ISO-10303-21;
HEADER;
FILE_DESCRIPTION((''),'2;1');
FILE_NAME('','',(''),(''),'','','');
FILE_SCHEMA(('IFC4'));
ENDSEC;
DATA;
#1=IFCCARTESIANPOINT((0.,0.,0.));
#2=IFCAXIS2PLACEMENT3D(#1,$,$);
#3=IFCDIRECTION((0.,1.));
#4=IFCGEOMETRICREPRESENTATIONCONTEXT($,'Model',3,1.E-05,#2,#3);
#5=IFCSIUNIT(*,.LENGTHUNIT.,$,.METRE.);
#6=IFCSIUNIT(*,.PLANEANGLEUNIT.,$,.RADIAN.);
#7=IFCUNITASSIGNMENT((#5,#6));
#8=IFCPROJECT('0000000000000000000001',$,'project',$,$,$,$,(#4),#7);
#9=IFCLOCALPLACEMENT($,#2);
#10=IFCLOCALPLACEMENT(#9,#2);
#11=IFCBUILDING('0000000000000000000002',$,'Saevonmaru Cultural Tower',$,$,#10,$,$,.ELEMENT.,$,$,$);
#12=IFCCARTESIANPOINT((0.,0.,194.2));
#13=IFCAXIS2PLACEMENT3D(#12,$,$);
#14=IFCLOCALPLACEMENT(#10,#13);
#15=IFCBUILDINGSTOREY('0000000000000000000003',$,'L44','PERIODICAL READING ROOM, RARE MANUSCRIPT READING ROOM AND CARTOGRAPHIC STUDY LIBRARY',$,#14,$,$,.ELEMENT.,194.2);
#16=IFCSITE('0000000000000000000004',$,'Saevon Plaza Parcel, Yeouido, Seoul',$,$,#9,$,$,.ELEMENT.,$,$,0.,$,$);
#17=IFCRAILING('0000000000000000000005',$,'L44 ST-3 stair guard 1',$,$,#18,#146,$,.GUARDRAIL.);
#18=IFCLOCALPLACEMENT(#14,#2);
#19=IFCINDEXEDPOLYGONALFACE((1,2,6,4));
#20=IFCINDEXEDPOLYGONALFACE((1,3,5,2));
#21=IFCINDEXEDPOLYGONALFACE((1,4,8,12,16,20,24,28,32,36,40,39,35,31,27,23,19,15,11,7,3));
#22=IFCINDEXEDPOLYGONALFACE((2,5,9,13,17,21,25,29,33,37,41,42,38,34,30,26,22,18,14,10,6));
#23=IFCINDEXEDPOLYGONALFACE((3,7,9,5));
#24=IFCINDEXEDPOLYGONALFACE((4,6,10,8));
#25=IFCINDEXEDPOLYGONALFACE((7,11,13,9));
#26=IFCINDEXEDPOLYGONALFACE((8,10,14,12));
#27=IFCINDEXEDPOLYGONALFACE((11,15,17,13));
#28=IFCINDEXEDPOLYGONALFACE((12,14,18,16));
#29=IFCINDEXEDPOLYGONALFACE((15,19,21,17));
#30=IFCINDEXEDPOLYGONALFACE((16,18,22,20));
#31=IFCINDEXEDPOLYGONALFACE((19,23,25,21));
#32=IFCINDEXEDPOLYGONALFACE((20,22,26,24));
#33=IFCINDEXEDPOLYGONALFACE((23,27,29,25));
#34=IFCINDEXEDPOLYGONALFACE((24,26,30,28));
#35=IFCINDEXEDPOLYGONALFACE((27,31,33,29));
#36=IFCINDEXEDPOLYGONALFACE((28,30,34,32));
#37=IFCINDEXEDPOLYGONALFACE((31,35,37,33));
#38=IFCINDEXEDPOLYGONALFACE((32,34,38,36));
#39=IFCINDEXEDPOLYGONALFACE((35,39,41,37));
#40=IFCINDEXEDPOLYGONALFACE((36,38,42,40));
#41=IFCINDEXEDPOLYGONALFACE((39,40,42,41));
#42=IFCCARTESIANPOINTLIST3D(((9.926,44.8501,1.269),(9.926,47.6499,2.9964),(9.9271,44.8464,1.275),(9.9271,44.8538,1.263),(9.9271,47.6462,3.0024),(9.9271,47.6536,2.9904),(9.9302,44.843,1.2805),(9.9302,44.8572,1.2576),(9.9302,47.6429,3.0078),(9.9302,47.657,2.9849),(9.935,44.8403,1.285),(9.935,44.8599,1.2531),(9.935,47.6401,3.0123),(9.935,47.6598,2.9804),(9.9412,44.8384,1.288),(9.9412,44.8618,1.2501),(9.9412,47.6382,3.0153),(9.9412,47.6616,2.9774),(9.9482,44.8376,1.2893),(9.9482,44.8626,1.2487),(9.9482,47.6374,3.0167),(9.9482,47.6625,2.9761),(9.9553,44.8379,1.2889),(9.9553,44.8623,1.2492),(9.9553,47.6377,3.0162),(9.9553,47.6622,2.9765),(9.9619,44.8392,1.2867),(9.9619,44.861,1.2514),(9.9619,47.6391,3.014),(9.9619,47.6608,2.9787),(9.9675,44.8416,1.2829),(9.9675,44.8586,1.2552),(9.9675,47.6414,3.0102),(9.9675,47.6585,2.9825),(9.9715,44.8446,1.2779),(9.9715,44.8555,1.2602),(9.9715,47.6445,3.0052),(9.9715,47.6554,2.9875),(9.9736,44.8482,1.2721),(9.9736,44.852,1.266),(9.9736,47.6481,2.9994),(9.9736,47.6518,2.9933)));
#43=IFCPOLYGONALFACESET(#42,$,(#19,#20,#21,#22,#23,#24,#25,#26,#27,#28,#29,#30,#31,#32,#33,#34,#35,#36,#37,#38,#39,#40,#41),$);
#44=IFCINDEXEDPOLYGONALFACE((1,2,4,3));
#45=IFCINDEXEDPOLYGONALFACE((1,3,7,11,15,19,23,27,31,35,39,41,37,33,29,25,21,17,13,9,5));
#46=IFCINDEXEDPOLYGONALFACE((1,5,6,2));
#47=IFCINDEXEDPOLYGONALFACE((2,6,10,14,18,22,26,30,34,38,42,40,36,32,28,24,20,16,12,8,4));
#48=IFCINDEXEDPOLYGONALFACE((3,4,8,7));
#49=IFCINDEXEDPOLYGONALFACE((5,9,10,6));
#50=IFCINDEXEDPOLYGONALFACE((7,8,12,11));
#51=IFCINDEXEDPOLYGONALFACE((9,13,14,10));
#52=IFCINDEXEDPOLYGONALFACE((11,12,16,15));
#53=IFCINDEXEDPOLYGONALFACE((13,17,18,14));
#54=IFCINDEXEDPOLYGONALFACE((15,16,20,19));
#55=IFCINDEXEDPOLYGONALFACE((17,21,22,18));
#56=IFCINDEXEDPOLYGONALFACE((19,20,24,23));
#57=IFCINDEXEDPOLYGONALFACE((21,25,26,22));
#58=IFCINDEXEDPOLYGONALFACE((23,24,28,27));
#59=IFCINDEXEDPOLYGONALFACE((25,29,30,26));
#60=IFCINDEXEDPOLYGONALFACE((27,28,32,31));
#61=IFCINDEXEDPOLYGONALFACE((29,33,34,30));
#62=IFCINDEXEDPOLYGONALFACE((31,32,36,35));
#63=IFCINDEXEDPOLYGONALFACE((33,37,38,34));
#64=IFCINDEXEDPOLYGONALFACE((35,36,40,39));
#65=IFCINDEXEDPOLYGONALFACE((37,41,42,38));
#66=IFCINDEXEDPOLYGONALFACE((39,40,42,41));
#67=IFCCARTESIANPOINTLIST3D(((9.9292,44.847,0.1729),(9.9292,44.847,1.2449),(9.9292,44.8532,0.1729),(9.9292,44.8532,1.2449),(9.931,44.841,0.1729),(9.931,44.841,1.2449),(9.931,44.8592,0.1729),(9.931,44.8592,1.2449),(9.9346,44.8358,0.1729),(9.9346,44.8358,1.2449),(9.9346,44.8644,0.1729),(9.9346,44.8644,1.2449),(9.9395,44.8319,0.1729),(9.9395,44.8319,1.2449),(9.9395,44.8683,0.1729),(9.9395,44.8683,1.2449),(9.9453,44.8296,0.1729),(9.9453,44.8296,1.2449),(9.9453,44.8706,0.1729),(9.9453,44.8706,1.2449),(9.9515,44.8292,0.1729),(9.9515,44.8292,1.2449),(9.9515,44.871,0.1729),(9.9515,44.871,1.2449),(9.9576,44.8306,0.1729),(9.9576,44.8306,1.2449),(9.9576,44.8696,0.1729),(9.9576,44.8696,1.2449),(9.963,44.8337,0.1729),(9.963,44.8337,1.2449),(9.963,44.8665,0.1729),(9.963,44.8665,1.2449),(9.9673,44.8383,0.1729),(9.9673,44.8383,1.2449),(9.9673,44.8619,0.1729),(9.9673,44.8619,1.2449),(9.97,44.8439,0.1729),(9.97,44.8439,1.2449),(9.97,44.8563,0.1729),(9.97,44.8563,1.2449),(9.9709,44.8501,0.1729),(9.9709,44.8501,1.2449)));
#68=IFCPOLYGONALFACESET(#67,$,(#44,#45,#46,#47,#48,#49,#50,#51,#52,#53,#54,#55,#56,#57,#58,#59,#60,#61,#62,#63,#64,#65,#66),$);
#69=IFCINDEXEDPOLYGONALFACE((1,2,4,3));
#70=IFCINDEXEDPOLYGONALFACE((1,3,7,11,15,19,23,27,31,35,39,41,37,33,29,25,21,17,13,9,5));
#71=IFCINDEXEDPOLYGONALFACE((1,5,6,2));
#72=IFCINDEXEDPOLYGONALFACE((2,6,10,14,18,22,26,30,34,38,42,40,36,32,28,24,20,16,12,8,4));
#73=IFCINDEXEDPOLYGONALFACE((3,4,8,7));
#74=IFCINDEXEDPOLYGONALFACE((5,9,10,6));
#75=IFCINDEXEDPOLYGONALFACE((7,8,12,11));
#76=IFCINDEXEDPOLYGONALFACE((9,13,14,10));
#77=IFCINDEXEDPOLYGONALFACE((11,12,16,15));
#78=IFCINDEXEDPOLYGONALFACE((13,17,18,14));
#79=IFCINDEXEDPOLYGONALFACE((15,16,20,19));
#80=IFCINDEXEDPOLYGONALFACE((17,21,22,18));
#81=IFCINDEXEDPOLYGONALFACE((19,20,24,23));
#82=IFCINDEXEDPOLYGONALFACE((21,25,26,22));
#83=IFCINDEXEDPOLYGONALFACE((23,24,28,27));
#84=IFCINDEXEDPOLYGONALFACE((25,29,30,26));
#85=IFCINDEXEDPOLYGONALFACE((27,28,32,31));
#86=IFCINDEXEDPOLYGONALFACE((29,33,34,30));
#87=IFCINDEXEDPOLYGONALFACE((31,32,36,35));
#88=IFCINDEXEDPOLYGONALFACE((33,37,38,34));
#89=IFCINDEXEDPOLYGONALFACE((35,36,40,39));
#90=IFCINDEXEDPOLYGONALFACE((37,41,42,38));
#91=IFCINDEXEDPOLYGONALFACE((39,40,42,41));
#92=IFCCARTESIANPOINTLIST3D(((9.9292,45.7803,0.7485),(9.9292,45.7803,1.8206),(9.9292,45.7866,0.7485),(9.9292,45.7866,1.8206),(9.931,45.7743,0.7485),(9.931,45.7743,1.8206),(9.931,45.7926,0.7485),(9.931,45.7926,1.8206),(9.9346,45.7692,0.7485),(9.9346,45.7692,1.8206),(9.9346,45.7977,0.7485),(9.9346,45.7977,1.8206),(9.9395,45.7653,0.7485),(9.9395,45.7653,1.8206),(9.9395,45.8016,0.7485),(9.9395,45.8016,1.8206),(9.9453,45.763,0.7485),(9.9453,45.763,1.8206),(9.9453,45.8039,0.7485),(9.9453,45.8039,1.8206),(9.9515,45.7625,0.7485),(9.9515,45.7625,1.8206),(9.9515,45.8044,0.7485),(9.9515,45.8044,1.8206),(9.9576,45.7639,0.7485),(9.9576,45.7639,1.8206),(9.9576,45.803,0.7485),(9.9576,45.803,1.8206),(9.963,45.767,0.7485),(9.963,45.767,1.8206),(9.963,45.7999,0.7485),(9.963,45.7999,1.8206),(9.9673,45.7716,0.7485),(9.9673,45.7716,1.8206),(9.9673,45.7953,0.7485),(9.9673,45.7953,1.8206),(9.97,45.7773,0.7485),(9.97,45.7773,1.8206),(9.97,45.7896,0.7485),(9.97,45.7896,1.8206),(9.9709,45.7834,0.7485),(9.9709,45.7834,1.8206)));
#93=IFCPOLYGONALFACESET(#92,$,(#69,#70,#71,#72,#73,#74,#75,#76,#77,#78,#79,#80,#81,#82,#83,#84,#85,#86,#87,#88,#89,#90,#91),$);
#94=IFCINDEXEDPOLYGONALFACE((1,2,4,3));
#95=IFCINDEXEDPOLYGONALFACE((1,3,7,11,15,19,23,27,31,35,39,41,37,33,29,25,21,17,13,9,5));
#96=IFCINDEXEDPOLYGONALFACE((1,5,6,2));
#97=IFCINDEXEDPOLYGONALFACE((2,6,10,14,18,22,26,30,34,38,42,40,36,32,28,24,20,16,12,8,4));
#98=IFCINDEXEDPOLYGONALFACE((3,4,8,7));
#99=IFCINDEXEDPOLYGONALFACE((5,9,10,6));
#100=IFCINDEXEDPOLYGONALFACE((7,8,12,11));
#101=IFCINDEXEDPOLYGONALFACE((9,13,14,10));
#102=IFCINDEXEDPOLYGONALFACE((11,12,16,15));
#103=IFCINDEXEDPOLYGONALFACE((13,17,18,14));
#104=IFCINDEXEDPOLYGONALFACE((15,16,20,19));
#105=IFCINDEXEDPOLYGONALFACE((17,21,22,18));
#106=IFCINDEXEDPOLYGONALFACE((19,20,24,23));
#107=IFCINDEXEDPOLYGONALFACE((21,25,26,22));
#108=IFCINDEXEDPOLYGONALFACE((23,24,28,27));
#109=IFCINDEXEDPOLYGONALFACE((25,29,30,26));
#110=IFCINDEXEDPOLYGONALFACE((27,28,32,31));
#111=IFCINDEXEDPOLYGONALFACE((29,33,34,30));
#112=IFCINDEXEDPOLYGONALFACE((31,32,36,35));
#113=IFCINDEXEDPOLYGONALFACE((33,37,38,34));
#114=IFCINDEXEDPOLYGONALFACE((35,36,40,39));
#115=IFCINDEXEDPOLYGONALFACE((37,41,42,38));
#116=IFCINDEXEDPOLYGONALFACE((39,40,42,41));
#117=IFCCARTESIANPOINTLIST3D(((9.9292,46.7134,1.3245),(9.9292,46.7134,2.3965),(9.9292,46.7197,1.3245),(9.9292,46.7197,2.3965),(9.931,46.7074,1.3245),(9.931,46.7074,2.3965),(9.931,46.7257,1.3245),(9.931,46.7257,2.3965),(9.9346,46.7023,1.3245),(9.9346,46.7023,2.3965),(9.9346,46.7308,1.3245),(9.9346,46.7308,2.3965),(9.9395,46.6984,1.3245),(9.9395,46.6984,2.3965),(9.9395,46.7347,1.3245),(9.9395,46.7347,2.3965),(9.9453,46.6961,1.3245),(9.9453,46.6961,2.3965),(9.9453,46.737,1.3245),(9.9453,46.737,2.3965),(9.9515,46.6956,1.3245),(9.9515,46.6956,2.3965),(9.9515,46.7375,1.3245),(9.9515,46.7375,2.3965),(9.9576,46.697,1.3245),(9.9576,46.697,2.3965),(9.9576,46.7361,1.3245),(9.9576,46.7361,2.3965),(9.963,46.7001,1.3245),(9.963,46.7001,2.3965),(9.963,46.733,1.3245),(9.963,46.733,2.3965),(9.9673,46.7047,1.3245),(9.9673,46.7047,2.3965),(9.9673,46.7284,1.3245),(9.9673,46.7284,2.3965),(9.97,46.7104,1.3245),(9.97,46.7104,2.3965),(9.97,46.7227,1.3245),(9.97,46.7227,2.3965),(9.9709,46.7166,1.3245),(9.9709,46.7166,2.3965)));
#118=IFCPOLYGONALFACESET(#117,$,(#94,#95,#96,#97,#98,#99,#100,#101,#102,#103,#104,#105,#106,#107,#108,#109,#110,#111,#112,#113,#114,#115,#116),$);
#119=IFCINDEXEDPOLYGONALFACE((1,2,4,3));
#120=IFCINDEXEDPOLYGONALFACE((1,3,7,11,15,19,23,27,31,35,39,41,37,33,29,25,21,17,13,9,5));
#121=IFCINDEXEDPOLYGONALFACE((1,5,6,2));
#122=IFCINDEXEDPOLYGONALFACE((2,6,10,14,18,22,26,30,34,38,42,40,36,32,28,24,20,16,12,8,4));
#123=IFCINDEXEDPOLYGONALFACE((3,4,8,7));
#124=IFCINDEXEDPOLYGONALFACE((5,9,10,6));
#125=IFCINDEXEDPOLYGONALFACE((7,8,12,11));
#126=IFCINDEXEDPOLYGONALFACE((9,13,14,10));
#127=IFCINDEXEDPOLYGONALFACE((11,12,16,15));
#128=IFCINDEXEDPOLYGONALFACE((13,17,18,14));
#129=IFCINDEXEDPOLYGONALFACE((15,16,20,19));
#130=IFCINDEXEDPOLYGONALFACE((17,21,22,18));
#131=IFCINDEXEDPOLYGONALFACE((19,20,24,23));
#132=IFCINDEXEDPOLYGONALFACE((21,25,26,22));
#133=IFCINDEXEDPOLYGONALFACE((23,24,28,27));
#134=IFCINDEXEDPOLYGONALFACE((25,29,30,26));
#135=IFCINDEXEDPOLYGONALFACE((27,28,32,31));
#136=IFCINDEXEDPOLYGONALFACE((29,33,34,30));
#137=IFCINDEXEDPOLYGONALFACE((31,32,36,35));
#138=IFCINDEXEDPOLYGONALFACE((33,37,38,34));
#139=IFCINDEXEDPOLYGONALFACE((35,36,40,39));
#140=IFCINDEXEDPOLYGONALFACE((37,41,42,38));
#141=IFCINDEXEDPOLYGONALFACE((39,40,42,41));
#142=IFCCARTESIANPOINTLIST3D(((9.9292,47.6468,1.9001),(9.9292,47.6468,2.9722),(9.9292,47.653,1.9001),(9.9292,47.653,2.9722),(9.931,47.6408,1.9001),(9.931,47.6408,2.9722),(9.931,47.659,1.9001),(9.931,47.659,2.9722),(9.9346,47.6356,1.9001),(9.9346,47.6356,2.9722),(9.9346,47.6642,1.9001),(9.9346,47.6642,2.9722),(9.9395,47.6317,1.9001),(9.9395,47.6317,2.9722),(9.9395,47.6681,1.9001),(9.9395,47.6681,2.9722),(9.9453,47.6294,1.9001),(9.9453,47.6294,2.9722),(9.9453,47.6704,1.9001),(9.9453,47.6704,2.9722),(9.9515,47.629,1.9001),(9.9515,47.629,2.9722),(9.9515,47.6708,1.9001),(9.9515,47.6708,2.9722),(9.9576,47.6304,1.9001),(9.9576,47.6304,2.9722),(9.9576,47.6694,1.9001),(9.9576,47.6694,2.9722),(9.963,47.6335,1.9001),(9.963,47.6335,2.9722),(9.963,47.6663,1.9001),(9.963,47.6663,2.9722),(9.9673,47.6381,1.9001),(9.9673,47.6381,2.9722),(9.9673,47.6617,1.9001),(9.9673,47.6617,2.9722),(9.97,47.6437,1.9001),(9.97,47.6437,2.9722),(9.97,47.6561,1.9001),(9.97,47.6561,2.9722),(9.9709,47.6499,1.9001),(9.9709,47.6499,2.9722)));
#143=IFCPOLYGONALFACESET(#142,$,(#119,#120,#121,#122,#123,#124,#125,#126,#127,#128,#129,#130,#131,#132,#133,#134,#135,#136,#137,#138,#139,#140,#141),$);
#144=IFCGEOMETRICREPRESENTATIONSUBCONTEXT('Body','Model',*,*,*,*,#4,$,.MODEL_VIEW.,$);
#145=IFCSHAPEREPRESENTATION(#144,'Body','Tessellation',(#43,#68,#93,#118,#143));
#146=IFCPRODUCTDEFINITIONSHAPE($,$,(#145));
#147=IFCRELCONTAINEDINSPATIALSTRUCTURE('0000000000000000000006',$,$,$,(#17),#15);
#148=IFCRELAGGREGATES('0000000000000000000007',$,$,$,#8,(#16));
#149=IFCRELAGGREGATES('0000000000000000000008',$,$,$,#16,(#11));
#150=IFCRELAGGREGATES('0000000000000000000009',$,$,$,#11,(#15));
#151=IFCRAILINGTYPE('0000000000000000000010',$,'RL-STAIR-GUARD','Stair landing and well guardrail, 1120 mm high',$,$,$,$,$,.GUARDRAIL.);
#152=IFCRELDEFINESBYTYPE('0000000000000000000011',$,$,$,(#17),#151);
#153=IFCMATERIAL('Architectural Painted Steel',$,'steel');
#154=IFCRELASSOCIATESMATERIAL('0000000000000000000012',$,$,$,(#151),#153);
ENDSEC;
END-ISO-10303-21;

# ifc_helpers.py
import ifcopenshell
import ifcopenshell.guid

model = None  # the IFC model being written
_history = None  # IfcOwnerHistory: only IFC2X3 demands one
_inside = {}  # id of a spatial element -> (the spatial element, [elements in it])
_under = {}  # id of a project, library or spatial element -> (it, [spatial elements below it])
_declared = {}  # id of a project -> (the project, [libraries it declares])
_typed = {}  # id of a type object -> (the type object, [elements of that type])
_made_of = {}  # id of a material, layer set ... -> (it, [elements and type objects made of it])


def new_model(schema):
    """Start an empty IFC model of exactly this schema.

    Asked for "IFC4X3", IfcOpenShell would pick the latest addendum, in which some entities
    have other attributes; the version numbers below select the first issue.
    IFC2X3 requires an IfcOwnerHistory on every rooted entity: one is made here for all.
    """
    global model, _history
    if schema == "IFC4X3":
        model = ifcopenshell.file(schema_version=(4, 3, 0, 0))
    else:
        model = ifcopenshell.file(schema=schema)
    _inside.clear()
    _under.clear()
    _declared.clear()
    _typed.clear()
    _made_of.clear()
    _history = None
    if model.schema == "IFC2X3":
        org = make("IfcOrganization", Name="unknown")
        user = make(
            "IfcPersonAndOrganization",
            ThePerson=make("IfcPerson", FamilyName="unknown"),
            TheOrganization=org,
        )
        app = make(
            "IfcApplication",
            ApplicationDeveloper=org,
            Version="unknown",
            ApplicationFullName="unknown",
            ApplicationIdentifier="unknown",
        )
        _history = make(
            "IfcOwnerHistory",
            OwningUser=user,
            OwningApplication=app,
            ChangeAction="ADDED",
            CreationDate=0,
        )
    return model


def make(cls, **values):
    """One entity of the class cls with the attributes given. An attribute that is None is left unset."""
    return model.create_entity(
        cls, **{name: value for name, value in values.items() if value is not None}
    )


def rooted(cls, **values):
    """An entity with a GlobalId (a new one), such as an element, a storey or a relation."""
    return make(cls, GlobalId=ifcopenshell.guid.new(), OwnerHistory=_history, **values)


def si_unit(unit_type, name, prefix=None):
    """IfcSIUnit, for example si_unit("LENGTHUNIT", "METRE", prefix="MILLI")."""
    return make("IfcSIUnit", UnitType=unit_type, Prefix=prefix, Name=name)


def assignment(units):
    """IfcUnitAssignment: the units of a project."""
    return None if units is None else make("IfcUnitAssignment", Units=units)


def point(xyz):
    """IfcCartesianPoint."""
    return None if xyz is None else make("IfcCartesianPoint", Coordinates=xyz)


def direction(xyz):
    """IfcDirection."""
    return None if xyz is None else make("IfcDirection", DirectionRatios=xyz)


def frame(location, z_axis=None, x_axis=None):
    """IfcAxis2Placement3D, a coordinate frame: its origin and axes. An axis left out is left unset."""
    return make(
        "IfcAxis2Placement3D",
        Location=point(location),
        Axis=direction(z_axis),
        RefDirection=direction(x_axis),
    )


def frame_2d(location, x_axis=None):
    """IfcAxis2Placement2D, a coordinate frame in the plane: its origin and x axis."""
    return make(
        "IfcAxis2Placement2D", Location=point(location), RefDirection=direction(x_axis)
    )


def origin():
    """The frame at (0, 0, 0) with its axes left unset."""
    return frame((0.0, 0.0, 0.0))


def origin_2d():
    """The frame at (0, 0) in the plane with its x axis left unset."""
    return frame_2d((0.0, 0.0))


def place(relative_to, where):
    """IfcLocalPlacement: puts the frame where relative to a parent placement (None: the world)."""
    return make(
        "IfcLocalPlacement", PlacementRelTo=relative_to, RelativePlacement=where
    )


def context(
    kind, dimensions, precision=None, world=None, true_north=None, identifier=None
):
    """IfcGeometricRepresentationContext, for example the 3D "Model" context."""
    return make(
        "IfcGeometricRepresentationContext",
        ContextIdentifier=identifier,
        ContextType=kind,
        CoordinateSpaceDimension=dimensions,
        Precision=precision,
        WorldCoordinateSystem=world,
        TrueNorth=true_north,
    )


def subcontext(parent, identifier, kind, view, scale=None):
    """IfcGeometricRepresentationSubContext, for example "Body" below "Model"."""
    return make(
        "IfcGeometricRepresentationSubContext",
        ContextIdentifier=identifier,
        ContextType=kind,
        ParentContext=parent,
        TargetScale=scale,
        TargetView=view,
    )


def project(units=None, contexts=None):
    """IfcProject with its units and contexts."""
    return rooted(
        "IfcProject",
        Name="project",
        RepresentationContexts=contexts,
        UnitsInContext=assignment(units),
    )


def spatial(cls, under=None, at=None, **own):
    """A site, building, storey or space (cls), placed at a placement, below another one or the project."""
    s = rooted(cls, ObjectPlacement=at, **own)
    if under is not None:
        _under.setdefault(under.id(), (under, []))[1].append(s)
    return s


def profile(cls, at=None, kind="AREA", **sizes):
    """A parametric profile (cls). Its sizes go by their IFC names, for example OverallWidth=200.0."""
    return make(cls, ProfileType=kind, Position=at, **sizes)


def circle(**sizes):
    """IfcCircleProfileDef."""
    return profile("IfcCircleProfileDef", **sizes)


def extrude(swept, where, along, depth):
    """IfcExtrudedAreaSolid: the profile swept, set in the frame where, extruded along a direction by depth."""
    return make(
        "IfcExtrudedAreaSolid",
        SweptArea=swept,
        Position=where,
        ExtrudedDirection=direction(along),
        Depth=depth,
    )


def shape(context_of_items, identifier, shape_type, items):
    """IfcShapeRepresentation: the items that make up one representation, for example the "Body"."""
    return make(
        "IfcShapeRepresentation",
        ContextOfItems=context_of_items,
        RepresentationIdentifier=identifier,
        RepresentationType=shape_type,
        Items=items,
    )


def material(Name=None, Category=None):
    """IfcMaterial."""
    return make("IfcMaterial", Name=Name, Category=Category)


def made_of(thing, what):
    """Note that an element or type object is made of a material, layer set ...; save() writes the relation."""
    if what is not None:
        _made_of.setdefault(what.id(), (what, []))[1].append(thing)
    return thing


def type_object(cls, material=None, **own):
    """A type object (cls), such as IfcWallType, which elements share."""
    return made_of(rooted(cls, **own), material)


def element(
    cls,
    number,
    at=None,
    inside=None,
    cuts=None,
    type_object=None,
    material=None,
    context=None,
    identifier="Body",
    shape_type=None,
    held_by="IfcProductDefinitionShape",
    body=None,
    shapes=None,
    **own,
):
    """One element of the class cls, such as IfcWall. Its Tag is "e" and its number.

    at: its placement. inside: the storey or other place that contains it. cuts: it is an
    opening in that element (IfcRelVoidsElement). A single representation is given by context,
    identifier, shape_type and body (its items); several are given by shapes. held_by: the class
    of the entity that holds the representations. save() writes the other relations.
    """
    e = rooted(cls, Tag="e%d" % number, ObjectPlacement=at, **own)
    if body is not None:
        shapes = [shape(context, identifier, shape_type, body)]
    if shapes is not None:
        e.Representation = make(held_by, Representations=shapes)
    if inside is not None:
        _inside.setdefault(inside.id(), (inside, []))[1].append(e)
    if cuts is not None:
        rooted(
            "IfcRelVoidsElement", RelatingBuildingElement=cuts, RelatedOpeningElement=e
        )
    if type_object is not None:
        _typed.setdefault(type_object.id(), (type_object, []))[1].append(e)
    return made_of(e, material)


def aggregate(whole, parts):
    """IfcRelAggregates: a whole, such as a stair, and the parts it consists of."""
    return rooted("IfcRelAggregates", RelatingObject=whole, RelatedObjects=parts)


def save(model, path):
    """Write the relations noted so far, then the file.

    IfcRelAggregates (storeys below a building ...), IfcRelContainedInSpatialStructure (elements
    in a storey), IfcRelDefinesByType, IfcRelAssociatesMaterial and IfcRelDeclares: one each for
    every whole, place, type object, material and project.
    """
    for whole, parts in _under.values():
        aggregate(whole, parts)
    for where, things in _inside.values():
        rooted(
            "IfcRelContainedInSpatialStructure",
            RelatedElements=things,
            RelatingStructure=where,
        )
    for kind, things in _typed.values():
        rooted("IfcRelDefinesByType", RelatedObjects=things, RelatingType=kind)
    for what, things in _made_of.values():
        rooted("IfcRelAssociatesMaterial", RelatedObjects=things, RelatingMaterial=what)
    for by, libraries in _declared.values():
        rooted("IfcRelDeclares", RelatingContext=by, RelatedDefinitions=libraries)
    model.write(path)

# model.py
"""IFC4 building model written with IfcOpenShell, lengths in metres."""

from ifc_helpers import new_model, si_unit, direction, frame, origin, origin_2d, place, context, subcontext, project, spatial, circle, extrude, material, type_object, element, save


model = new_model("IFC4")

# Units and contexts
model_context = context("Model", 3, precision=1e-05, world=origin(), true_north=direction((0.0, 1.0)))
body_context = subcontext(model_context, "Body", "Model", "MODEL_VIEW")
ifc_project = project(units=[si_unit("LENGTHUNIT", "METRE"), si_unit("PLANEANGLEUNIT", "RADIAN")], contexts=[model_context])

# Site, building, storey
site_placement = place(None, origin())
site = spatial("IfcSite", under=ifc_project, at=site_placement, Name="Saevon Plaza Parcel, Yeouido, Seoul", CompositionType="ELEMENT", RefElevation=0.0)
building_placement = place(site_placement, origin())
building = spatial("IfcBuilding", under=site, at=building_placement, Name="Saevonmaru Cultural Tower", CompositionType="ELEMENT")
storey_placement = place(building_placement, frame((0.0, 0.0, 194.2)))
storey = spatial("IfcBuildingStorey", under=building, at=storey_placement, Name="L44", Description="PERIODICAL READING ROOM, RARE MANUSCRIPT READING ROOM AND CARTOGRAPHIC STUDY LIBRARY", CompositionType="ELEMENT", Elevation=194.2)

# Railing
ifc_material_1 = material(Name="Architectural Painted Steel", Category="steel")
railing_type_1 = type_object("IfcRailingType", Name="RL-STAIR-GUARD", Description="Stair landing and well guardrail, 1120 mm high", PredefinedType="GUARDRAIL", material=ifc_material_1)
railing_1_placement = place(storey_placement, frame((9.95, 44.8501, 0.1729)))
element("IfcRailing", 1, at=railing_1_placement, inside=storey, type_object=railing_type_1, Name="L44 ST-3 stair guard 1", PredefinedType="GUARDRAIL", context=body_context, shape_type="SweptSolid", body=[
    extrude(circle(Radius=0.0239, at=origin_2d()), frame((0.0, 0.0, 1.0962), z_axis=(0.0, 0.851069, 0.525054), x_axis=(-1.0, 0.0, 0.0)), (0.0, 0.0, 1.0), 3.2898),
    extrude(circle(Radius=0.021, at=origin_2d()), origin(), (0.0, 0.0, 1.0), 1.072),
    extrude(circle(Radius=0.021, at=origin_2d()), frame((0.0, 0.9333, 0.5757)), (0.0, 0.0, 1.0), 1.072),
    extrude(circle(Radius=0.021, at=origin_2d()), frame((0.0, 1.8665, 1.1516)), (0.0, 0.0, 1.0), 1.072),
    extrude(circle(Radius=0.021, at=origin_2d()), frame((0.0, 2.7998, 1.7273)), (0.0, 0.0, 1.0), 1.072),
])

save(model, "model.ifc")
